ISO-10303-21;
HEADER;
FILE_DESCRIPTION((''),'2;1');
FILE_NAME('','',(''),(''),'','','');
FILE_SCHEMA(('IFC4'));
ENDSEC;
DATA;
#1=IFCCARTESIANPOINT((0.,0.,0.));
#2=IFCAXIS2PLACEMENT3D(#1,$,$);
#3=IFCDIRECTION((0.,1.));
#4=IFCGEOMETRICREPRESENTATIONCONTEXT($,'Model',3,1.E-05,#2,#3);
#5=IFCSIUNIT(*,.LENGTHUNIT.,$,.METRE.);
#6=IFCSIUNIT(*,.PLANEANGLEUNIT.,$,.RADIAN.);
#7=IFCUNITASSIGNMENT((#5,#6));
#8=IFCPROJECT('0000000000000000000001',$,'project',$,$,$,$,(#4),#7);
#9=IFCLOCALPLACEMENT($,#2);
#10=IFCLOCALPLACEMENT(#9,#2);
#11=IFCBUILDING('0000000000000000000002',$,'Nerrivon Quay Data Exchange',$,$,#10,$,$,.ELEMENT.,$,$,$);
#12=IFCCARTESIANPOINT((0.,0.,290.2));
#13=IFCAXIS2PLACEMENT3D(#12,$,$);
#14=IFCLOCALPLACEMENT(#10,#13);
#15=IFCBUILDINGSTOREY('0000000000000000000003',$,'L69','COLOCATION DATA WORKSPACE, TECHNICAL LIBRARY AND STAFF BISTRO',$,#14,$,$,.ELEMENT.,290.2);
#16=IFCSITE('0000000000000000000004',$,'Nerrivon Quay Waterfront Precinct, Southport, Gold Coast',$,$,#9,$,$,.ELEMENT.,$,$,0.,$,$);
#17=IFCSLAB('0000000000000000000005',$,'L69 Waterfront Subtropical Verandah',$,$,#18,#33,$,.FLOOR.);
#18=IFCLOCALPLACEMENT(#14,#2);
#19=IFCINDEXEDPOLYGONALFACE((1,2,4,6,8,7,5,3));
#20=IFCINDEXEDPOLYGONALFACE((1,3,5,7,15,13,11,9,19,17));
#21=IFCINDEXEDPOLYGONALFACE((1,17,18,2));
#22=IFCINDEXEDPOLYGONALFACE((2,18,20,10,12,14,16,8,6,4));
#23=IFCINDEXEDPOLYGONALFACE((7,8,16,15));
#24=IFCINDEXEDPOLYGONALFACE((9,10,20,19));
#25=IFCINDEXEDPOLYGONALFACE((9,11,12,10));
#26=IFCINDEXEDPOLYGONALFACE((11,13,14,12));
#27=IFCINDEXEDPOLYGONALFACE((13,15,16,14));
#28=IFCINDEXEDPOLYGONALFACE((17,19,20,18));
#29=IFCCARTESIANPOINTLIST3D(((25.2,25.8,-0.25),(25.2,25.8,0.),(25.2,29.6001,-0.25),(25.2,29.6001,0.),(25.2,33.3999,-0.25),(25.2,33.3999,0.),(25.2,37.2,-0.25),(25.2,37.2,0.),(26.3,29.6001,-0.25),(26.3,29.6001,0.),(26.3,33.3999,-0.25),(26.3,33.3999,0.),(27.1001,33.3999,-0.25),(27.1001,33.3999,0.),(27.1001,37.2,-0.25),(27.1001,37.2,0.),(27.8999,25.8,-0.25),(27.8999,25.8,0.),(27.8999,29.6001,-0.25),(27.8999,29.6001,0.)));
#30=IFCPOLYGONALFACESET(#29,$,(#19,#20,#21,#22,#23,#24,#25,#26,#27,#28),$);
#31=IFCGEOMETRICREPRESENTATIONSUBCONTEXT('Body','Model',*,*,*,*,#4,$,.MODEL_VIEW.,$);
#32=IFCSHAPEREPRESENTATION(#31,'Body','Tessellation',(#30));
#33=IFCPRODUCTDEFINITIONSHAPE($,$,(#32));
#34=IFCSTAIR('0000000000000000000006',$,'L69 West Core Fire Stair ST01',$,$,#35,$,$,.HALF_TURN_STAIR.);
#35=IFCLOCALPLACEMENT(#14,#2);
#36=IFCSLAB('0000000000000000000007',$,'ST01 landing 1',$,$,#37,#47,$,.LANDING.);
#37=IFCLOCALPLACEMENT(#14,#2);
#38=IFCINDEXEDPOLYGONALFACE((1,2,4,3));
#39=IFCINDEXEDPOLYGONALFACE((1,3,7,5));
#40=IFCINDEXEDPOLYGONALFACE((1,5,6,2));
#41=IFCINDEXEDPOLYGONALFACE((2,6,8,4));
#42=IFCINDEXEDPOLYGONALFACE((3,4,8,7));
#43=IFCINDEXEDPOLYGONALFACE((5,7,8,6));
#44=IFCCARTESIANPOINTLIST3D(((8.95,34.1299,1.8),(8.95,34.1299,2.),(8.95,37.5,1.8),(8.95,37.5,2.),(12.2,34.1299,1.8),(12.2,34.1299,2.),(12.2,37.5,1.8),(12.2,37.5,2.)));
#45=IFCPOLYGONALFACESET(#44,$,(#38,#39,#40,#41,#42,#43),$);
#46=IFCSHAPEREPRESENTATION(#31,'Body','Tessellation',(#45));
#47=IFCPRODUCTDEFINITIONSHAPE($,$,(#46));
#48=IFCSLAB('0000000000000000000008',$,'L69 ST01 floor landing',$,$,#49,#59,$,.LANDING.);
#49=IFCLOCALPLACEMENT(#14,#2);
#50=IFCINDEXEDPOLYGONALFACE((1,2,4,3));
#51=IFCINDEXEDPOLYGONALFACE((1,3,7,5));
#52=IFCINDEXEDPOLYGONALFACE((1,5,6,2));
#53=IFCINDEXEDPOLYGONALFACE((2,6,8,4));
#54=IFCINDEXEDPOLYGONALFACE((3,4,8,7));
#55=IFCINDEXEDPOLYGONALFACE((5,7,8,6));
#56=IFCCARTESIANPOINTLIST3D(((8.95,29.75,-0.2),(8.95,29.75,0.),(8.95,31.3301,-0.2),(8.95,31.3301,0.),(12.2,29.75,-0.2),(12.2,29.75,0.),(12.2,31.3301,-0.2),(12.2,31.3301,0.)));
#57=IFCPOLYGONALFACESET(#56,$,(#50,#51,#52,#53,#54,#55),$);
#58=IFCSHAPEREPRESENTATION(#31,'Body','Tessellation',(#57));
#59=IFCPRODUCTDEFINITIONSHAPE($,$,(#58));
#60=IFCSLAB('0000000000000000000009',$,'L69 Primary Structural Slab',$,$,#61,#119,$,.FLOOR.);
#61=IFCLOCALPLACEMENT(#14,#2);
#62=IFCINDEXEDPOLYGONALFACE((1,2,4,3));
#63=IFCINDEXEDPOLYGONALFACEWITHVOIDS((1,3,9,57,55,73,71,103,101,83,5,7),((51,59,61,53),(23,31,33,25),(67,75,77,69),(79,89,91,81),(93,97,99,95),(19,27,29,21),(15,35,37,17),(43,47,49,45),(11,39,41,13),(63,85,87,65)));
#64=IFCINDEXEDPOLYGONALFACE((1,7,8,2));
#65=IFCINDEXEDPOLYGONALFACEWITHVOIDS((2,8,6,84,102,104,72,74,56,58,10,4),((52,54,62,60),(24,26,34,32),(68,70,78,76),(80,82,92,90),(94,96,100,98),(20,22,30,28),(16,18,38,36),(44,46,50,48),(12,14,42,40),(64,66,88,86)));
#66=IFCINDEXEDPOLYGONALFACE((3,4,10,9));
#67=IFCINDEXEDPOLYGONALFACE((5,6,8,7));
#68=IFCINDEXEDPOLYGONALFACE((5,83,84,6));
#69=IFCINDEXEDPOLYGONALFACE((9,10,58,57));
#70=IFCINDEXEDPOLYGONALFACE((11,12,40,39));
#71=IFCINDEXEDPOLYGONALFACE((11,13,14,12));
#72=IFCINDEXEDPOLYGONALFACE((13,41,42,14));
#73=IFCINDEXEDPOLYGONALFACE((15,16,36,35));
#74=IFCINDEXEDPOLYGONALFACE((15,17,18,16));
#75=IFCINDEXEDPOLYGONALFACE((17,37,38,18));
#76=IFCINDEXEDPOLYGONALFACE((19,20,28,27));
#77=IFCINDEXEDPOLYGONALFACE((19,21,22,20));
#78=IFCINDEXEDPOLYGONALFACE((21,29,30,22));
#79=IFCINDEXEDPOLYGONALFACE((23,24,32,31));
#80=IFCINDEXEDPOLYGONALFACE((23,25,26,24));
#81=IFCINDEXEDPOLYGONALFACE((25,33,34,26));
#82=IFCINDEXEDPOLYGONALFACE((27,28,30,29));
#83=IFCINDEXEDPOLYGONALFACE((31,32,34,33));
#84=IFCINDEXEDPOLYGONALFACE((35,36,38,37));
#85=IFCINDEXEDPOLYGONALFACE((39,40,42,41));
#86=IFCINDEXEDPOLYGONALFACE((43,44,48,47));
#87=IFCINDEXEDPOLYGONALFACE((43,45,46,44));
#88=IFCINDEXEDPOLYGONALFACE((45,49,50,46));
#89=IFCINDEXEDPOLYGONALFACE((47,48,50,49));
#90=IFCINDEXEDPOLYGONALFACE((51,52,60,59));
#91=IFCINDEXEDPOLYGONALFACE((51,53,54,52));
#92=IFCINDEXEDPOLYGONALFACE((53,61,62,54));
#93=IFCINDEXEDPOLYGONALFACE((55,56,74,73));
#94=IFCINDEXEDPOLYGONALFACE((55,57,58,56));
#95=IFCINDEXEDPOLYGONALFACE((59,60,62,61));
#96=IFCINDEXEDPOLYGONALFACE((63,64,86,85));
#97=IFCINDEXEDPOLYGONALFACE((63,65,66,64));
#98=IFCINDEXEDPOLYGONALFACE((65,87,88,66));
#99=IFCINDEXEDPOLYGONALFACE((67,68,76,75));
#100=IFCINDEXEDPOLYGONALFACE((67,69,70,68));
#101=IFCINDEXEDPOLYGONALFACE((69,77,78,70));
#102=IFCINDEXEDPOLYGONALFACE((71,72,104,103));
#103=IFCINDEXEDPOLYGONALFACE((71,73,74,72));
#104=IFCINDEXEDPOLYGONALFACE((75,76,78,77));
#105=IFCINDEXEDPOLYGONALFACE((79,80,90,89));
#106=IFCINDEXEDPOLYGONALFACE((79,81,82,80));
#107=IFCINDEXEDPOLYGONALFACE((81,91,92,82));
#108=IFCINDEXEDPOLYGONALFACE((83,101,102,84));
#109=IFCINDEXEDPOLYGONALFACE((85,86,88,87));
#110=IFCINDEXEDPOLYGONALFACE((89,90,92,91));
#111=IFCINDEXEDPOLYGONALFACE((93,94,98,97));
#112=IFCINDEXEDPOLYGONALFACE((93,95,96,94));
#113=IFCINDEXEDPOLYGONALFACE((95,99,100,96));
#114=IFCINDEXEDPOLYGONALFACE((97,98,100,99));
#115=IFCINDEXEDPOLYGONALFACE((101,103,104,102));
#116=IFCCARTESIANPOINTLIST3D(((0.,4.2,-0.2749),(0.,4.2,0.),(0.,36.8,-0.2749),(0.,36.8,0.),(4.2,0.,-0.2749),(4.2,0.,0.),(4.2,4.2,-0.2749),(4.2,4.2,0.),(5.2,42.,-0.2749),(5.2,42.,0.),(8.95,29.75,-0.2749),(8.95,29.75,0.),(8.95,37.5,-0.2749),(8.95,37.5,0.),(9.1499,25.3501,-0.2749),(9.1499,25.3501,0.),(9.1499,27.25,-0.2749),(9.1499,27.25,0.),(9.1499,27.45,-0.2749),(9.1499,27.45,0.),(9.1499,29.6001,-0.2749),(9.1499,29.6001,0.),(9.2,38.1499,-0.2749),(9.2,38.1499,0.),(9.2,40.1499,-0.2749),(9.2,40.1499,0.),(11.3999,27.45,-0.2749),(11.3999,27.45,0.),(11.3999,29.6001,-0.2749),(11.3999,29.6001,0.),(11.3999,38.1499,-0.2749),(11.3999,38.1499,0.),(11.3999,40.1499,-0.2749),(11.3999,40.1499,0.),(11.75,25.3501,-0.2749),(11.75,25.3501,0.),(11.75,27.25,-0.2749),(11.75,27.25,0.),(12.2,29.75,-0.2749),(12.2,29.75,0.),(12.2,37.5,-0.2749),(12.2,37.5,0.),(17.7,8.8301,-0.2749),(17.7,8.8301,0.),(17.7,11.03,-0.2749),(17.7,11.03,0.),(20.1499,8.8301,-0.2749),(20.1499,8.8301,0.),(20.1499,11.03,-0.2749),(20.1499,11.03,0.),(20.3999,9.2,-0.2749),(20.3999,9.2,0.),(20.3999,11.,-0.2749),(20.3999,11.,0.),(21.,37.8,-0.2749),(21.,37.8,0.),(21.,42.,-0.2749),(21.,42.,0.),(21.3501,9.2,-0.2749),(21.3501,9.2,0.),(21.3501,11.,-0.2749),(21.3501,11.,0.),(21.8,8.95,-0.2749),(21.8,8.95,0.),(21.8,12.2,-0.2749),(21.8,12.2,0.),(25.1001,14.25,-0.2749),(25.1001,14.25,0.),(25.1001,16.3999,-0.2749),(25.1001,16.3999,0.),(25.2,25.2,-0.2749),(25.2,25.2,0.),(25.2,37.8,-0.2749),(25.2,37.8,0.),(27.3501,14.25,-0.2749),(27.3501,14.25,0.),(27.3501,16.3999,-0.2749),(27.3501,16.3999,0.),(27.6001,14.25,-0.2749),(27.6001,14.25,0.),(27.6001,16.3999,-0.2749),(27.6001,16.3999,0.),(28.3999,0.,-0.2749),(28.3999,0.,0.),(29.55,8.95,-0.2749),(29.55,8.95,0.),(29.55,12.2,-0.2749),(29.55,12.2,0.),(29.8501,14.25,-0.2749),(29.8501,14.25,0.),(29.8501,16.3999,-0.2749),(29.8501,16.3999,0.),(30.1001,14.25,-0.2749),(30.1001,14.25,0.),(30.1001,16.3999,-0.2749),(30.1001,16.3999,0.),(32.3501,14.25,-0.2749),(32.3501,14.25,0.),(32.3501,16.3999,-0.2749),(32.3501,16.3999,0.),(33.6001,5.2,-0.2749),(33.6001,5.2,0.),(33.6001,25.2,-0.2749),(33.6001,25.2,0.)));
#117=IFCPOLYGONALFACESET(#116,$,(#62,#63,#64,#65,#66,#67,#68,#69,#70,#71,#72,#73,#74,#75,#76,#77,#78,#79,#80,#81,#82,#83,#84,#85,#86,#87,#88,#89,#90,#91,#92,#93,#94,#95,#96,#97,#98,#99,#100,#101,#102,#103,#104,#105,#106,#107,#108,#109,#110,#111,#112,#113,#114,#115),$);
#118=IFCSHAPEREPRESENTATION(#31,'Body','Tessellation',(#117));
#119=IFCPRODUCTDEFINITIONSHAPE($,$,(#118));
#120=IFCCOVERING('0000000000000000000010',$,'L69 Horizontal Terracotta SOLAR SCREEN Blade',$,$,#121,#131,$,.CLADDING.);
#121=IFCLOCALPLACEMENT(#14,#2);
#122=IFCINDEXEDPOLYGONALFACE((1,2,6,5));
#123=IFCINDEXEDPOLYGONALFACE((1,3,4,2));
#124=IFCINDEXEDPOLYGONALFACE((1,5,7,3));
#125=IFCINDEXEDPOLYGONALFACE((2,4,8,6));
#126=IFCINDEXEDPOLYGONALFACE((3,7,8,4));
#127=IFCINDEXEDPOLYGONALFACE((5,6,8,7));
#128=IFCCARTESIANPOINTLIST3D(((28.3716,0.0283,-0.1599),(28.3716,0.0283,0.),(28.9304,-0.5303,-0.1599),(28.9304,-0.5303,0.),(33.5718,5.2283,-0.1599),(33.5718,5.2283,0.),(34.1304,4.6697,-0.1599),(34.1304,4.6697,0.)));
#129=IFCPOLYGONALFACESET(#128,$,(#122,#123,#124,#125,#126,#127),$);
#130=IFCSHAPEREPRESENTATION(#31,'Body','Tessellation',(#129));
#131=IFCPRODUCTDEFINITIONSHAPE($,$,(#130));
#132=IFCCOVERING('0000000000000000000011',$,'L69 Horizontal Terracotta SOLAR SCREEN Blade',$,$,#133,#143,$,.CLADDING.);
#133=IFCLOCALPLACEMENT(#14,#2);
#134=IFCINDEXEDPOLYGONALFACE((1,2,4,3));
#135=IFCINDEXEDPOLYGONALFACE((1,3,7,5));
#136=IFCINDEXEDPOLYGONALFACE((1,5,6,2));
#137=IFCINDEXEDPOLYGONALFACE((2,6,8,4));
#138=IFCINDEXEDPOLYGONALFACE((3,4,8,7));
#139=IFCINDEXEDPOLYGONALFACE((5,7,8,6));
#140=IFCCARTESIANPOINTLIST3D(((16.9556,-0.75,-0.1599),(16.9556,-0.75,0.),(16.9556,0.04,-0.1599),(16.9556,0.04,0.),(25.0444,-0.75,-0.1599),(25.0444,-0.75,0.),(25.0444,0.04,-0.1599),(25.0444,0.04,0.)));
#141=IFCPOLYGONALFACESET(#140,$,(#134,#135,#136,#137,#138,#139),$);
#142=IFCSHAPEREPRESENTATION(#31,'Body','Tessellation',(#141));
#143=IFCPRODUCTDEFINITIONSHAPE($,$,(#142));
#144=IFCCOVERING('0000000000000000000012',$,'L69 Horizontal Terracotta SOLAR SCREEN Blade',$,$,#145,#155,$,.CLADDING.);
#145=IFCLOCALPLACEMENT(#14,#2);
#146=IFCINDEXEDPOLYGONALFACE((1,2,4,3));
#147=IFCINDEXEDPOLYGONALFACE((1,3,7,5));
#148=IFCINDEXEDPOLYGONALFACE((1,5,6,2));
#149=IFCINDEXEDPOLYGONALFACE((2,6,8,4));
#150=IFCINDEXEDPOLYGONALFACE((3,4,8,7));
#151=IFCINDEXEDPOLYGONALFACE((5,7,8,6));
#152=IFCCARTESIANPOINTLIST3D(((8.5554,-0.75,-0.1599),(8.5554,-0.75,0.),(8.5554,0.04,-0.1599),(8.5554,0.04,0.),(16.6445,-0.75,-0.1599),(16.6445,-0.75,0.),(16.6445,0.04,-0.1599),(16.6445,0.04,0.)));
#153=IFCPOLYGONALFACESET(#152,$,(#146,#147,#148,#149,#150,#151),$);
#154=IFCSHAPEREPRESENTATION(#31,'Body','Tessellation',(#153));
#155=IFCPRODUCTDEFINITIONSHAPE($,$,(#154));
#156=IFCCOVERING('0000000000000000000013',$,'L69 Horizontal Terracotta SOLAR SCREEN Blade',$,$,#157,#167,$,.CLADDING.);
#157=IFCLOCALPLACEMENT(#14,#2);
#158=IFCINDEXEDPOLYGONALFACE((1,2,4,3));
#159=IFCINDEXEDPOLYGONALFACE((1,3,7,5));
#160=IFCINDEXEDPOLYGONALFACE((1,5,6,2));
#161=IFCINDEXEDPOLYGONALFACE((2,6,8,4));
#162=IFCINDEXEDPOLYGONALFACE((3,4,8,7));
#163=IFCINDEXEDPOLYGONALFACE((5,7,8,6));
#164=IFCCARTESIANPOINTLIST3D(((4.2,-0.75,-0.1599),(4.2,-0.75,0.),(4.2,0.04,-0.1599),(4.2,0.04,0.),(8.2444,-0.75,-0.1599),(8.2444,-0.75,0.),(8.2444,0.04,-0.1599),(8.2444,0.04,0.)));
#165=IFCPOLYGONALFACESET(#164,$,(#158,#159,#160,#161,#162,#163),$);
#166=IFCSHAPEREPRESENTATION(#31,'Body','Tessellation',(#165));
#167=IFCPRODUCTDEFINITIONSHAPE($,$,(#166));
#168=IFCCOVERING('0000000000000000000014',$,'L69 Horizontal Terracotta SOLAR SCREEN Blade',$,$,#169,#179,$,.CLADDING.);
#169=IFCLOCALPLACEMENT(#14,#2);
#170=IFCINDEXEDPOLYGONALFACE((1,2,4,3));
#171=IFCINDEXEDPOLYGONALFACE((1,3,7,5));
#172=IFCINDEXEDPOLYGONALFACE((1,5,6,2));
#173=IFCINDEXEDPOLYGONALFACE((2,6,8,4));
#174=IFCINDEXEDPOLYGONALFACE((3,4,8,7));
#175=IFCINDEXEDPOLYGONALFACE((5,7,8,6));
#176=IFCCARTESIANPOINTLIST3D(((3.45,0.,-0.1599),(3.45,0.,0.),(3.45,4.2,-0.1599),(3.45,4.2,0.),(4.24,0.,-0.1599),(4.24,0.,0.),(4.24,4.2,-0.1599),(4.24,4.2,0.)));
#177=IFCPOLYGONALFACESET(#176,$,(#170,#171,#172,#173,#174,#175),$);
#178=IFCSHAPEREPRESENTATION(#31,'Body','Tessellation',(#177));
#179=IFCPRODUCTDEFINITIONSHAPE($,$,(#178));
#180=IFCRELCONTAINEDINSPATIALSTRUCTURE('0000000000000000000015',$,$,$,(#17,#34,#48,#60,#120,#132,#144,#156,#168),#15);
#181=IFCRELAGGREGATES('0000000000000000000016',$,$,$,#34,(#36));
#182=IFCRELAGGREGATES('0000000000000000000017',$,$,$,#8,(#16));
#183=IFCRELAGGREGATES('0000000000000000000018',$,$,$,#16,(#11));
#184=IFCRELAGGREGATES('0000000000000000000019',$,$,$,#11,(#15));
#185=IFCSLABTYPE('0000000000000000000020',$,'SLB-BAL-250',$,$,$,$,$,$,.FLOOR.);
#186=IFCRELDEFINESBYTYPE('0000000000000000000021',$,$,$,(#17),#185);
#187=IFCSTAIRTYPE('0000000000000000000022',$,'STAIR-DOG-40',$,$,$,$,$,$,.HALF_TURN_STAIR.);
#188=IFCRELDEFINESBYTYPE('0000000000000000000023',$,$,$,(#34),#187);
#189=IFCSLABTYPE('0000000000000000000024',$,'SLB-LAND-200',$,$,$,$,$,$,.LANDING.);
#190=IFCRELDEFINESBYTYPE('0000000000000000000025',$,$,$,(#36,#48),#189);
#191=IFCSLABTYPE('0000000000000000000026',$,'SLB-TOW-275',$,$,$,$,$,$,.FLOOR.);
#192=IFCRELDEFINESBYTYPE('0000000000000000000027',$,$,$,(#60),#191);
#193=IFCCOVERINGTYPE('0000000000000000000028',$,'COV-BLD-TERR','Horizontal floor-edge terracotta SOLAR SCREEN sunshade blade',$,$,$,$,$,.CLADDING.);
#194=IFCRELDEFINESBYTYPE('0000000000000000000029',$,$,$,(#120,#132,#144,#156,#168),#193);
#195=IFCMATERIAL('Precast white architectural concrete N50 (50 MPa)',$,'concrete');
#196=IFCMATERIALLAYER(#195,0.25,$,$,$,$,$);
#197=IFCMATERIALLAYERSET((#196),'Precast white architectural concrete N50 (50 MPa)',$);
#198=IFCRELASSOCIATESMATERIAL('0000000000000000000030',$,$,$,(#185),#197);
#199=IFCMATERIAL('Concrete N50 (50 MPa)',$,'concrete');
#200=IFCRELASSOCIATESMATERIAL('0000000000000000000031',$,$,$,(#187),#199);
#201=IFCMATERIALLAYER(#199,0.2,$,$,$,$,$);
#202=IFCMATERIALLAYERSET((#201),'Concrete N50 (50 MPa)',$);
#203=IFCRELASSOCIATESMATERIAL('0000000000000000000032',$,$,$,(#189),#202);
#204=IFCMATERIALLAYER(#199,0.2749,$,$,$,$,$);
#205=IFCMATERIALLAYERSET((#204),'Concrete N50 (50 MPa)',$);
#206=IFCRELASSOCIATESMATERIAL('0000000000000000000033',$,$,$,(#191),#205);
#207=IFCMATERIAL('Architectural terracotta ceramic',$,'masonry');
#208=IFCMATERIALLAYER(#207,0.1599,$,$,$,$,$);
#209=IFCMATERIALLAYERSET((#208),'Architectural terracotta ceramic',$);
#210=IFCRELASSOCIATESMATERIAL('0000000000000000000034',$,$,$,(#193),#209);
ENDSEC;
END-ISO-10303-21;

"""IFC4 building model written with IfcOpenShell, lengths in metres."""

from ifc_helpers import new_model, si_unit, direction, frame, origin, place, context, subcontext, project, spatial, polyline, outline, extrude, material, layer, layer_set, type_object, element, aggregate, save


model = new_model("IFC4")

# Units and contexts
model_context = context("Model", 3, precision=1e-05, world=origin(), true_north=direction((0.0, 1.0)))
body_context = subcontext(model_context, "Body", "Model", "MODEL_VIEW")
ifc_project = project(units=[si_unit("LENGTHUNIT", "METRE"), si_unit("PLANEANGLEUNIT", "RADIAN")], contexts=[model_context])

# Site, building, storey
site_placement = place(None, origin())
site = spatial("IfcSite", under=ifc_project, at=site_placement, Name="Nerrivon Quay Waterfront Precinct, Southport, Gold Coast", CompositionType="ELEMENT", RefElevation=0.0)
building_placement = place(site_placement, origin())
building = spatial("IfcBuilding", under=site, at=building_placement, Name="Nerrivon Quay Data Exchange", CompositionType="ELEMENT")
storey_placement = place(building_placement, frame((0.0, 0.0, 290.2)))
storey = spatial("IfcBuildingStorey", under=building, at=storey_placement, Name="L69", Description="COLOCATION DATA WORKSPACE, TECHNICAL LIBRARY AND STAFF BISTRO", CompositionType="ELEMENT", Elevation=290.2)

# Slab
ifc_material_1 = material(Name="Precast white architectural concrete N50 (50 MPa)", Category="concrete")
ifc_layer_1 = layer(ifc_material_1, 0.25)
ifc_layer_set_1 = layer_set([ifc_layer_1], Name="Precast white architectural concrete N50 (50 MPa)")
slab_type_1 = type_object("IfcSlabType", Name="SLB-BAL-250", PredefinedType="FLOOR", material=ifc_layer_set_1)
slab_1_placement = place(storey_placement, frame((0.0, 0.0, -0.25)))
element("IfcSlab", 1, at=slab_1_placement, inside=storey, type_object=slab_type_1, Name="L69 Waterfront Subtropical Verandah", PredefinedType="FLOOR", context=body_context, shape_type="SweptSolid", body=[
    extrude(outline(polyline([(26.3, 29.6001), (26.3, 33.3999), (27.1001, 33.3999), (27.1001, 37.2), (25.2, 37.2), (25.2, 33.3999), (25.2, 29.6001), (25.2, 25.8), (27.8999, 25.8), (27.8999, 29.6001), (26.3, 29.6001)])), origin(), (0.0, 0.0, 1.0), 0.25),
])

# Stair, slab
ifc_material_2 = material(Name="Concrete N50 (50 MPa)", Category="concrete")
stair_type = type_object("IfcStairType", Name="STAIR-DOG-40", PredefinedType="HALF_TURN_STAIR", material=ifc_material_2)
stair_placement = place(storey_placement, origin())
stair = element("IfcStair", 2, at=stair_placement, inside=storey, type_object=stair_type, Name="L69 West Core Fire Stair ST01", PredefinedType="HALF_TURN_STAIR")
ifc_layer_2 = layer(ifc_material_2, 0.2)
ifc_layer_set_2 = layer_set([ifc_layer_2], Name="Concrete N50 (50 MPa)")
slab_type_2 = type_object("IfcSlabType", Name="SLB-LAND-200", PredefinedType="LANDING", material=ifc_layer_set_2)
slab_2_placement = place(storey_placement, frame((0.0, 0.0, 1.8)))
slab_2 = element("IfcSlab", 3, at=slab_2_placement, type_object=slab_type_2, Name="ST01 landing 1", PredefinedType="LANDING", context=body_context, shape_type="SweptSolid", body=[
    extrude(outline(polyline([(12.2, 34.1299), (12.2, 37.5), (8.95, 37.5), (8.95, 34.1299), (12.2, 34.1299)])), origin(), (0.0, 0.0, 1.0), 0.2),
])
aggregate(stair, [slab_2])

# Slabs
slab_3_placement = place(storey_placement, frame((0.0, 0.0, -0.2)))
element("IfcSlab", 4, at=slab_3_placement, inside=storey, type_object=slab_type_2, Name="L69 ST01 floor landing", PredefinedType="LANDING", context=body_context, shape_type="SweptSolid", body=[
    extrude(outline(polyline([(12.2, 29.75), (12.2, 31.3301), (8.95, 31.3301), (8.95, 29.75), (12.2, 29.75)])), origin(), (0.0, 0.0, 1.0), 0.2),
])
ifc_layer_3 = layer(ifc_material_2, 0.2749)
ifc_layer_set_3 = layer_set([ifc_layer_3], Name="Concrete N50 (50 MPa)")
slab_type_3 = type_object("IfcSlabType", Name="SLB-TOW-275", PredefinedType="FLOOR", material=ifc_layer_set_3)
slab_4_placement = place(storey_placement, frame((0.0, 0.0, -0.2749)))
element("IfcSlab", 5, at=slab_4_placement, inside=storey, type_object=slab_type_3, Name="L69 Primary Structural Slab", PredefinedType="FLOOR", context=body_context, shape_type="SweptSolid", body=[
    extrude(outline(polyline([(33.6001, 25.2), (25.2, 25.2), (25.2, 37.8), (21.0, 37.8), (21.0, 42.0), (5.2, 42.0), (0.0, 36.8), (0.0, 4.2), (4.2, 4.2), (4.2, 0.0), (28.3999, 0.0), (33.6001, 5.2), (33.6001, 25.2)]), holes=[polyline([(8.95, 29.75), (8.95, 37.5), (12.2, 37.5), (12.2, 29.75), (8.95, 29.75)]), polyline([(21.8, 12.2), (29.55, 12.2), (29.55, 8.95), (21.8, 8.95), (21.8, 12.2)]), polyline([(30.1001, 14.25), (30.1001, 16.3999), (32.3501, 16.3999), (32.3501, 14.25), (30.1001, 14.25)]), polyline([(27.6001, 14.25), (27.6001, 16.3999), (29.8501, 16.3999), (29.8501, 14.25), (27.6001, 14.25)]), polyline([(25.1001, 14.25), (25.1001, 16.3999), (27.3501, 16.3999), (27.3501, 14.25), (25.1001, 14.25)]), polyline([(20.3999, 9.2), (20.3999, 11.0), (21.3501, 11.0), (21.3501, 9.2), (20.3999, 9.2)]), polyline([(17.7, 8.8301), (17.7, 11.03), (20.1499, 11.03), (20.1499, 8.8301), (17.7, 8.8301)]), polyline([(9.1499, 25.3501), (9.1499, 27.25), (11.75, 27.25), (11.75, 25.3501), (9.1499, 25.3501)]), polyline([(9.1499, 27.45), (9.1499, 29.6001), (11.3999, 29.6001), (11.3999, 27.45), (9.1499, 27.45)]), polyline([(9.2, 38.1499), (9.2, 40.1499), (11.3999, 40.1499), (11.3999, 38.1499), (9.2, 38.1499)])]), origin(), (0.0, 0.0, 1.0), 0.2749),
])

# Coverings
ifc_material_3 = material(Name="Architectural terracotta ceramic", Category="masonry")
ifc_layer_4 = layer(ifc_material_3, 0.1599)
ifc_layer_set_4 = layer_set([ifc_layer_4], Name="Architectural terracotta ceramic")
covering_type = type_object("IfcCoveringType", Name="COV-BLD-TERR", Description="Horizontal floor-edge terracotta SOLAR SCREEN sunshade blade", PredefinedType="CLADDING", material=ifc_layer_set_4)
covering_1_placement = place(storey_placement, frame((0.0, 0.0, -0.1599)))
element("IfcCovering", 6, at=covering_1_placement, inside=storey, type_object=covering_type, Name="L69 Horizontal Terracotta SOLAR SCREEN Blade", PredefinedType="CLADDING", context=body_context, shape_type="SweptSolid", body=[
    extrude(outline(polyline([(33.5718, 5.2283), (28.3716, 0.0283), (28.9304, -0.5303), (34.1304, 4.6697), (33.5718, 5.2283)])), origin(), (0.0, 0.0, 1.0), 0.1599),
])
covering_2_placement = place(storey_placement, frame((0.0, 0.0, -0.1599)))
element("IfcCovering", 7, at=covering_2_placement, inside=storey, type_object=covering_type, Name="L69 Horizontal Terracotta SOLAR SCREEN Blade", PredefinedType="CLADDING", context=body_context, shape_type="SweptSolid", body=[
    extrude(outline(polyline([(25.0444, 0.04), (16.9556, 0.04), (16.9556, -0.75), (25.0444, -0.75), (25.0444, 0.04)])), origin(), (0.0, 0.0, 1.0), 0.1599),
])
covering_3_placement = place(storey_placement, frame((0.0, 0.0, -0.1599)))
element("IfcCovering", 8, at=covering_3_placement, inside=storey, type_object=covering_type, Name="L69 Horizontal Terracotta SOLAR SCREEN Blade", PredefinedType="CLADDING", context=body_context, shape_type="SweptSolid", body=[
    extrude(outline(polyline([(16.6445, 0.04), (8.5554, 0.04), (8.5554, -0.75), (16.6445, -0.75), (16.6445, 0.04)])), origin(), (0.0, 0.0, 1.0), 0.1599),
])
covering_4_placement = place(storey_placement, frame((0.0, 0.0, -0.1599)))
element("IfcCovering", 9, at=covering_4_placement, inside=storey, type_object=covering_type, Name="L69 Horizontal Terracotta SOLAR SCREEN Blade", PredefinedType="CLADDING", context=body_context, shape_type="SweptSolid", body=[
    extrude(outline(polyline([(8.2444, 0.04), (4.2, 0.04), (4.2, -0.75), (8.2444, -0.75), (8.2444, 0.04)])), origin(), (0.0, 0.0, 1.0), 0.1599),
])
covering_5_placement = place(storey_placement, frame((0.0, 0.0, -0.1599)))
element("IfcCovering", 10, at=covering_5_placement, inside=storey, type_object=covering_type, Name="L69 Horizontal Terracotta SOLAR SCREEN Blade", PredefinedType="CLADDING", context=body_context, shape_type="SweptSolid", body=[
    extrude(outline(polyline([(4.24, 0.0), (4.24, 4.2), (3.45, 4.2), (3.45, 0.0), (4.24, 0.0)])), origin(), (0.0, 0.0, 1.0), 0.1599),
])

save(model, "model.ifc")
